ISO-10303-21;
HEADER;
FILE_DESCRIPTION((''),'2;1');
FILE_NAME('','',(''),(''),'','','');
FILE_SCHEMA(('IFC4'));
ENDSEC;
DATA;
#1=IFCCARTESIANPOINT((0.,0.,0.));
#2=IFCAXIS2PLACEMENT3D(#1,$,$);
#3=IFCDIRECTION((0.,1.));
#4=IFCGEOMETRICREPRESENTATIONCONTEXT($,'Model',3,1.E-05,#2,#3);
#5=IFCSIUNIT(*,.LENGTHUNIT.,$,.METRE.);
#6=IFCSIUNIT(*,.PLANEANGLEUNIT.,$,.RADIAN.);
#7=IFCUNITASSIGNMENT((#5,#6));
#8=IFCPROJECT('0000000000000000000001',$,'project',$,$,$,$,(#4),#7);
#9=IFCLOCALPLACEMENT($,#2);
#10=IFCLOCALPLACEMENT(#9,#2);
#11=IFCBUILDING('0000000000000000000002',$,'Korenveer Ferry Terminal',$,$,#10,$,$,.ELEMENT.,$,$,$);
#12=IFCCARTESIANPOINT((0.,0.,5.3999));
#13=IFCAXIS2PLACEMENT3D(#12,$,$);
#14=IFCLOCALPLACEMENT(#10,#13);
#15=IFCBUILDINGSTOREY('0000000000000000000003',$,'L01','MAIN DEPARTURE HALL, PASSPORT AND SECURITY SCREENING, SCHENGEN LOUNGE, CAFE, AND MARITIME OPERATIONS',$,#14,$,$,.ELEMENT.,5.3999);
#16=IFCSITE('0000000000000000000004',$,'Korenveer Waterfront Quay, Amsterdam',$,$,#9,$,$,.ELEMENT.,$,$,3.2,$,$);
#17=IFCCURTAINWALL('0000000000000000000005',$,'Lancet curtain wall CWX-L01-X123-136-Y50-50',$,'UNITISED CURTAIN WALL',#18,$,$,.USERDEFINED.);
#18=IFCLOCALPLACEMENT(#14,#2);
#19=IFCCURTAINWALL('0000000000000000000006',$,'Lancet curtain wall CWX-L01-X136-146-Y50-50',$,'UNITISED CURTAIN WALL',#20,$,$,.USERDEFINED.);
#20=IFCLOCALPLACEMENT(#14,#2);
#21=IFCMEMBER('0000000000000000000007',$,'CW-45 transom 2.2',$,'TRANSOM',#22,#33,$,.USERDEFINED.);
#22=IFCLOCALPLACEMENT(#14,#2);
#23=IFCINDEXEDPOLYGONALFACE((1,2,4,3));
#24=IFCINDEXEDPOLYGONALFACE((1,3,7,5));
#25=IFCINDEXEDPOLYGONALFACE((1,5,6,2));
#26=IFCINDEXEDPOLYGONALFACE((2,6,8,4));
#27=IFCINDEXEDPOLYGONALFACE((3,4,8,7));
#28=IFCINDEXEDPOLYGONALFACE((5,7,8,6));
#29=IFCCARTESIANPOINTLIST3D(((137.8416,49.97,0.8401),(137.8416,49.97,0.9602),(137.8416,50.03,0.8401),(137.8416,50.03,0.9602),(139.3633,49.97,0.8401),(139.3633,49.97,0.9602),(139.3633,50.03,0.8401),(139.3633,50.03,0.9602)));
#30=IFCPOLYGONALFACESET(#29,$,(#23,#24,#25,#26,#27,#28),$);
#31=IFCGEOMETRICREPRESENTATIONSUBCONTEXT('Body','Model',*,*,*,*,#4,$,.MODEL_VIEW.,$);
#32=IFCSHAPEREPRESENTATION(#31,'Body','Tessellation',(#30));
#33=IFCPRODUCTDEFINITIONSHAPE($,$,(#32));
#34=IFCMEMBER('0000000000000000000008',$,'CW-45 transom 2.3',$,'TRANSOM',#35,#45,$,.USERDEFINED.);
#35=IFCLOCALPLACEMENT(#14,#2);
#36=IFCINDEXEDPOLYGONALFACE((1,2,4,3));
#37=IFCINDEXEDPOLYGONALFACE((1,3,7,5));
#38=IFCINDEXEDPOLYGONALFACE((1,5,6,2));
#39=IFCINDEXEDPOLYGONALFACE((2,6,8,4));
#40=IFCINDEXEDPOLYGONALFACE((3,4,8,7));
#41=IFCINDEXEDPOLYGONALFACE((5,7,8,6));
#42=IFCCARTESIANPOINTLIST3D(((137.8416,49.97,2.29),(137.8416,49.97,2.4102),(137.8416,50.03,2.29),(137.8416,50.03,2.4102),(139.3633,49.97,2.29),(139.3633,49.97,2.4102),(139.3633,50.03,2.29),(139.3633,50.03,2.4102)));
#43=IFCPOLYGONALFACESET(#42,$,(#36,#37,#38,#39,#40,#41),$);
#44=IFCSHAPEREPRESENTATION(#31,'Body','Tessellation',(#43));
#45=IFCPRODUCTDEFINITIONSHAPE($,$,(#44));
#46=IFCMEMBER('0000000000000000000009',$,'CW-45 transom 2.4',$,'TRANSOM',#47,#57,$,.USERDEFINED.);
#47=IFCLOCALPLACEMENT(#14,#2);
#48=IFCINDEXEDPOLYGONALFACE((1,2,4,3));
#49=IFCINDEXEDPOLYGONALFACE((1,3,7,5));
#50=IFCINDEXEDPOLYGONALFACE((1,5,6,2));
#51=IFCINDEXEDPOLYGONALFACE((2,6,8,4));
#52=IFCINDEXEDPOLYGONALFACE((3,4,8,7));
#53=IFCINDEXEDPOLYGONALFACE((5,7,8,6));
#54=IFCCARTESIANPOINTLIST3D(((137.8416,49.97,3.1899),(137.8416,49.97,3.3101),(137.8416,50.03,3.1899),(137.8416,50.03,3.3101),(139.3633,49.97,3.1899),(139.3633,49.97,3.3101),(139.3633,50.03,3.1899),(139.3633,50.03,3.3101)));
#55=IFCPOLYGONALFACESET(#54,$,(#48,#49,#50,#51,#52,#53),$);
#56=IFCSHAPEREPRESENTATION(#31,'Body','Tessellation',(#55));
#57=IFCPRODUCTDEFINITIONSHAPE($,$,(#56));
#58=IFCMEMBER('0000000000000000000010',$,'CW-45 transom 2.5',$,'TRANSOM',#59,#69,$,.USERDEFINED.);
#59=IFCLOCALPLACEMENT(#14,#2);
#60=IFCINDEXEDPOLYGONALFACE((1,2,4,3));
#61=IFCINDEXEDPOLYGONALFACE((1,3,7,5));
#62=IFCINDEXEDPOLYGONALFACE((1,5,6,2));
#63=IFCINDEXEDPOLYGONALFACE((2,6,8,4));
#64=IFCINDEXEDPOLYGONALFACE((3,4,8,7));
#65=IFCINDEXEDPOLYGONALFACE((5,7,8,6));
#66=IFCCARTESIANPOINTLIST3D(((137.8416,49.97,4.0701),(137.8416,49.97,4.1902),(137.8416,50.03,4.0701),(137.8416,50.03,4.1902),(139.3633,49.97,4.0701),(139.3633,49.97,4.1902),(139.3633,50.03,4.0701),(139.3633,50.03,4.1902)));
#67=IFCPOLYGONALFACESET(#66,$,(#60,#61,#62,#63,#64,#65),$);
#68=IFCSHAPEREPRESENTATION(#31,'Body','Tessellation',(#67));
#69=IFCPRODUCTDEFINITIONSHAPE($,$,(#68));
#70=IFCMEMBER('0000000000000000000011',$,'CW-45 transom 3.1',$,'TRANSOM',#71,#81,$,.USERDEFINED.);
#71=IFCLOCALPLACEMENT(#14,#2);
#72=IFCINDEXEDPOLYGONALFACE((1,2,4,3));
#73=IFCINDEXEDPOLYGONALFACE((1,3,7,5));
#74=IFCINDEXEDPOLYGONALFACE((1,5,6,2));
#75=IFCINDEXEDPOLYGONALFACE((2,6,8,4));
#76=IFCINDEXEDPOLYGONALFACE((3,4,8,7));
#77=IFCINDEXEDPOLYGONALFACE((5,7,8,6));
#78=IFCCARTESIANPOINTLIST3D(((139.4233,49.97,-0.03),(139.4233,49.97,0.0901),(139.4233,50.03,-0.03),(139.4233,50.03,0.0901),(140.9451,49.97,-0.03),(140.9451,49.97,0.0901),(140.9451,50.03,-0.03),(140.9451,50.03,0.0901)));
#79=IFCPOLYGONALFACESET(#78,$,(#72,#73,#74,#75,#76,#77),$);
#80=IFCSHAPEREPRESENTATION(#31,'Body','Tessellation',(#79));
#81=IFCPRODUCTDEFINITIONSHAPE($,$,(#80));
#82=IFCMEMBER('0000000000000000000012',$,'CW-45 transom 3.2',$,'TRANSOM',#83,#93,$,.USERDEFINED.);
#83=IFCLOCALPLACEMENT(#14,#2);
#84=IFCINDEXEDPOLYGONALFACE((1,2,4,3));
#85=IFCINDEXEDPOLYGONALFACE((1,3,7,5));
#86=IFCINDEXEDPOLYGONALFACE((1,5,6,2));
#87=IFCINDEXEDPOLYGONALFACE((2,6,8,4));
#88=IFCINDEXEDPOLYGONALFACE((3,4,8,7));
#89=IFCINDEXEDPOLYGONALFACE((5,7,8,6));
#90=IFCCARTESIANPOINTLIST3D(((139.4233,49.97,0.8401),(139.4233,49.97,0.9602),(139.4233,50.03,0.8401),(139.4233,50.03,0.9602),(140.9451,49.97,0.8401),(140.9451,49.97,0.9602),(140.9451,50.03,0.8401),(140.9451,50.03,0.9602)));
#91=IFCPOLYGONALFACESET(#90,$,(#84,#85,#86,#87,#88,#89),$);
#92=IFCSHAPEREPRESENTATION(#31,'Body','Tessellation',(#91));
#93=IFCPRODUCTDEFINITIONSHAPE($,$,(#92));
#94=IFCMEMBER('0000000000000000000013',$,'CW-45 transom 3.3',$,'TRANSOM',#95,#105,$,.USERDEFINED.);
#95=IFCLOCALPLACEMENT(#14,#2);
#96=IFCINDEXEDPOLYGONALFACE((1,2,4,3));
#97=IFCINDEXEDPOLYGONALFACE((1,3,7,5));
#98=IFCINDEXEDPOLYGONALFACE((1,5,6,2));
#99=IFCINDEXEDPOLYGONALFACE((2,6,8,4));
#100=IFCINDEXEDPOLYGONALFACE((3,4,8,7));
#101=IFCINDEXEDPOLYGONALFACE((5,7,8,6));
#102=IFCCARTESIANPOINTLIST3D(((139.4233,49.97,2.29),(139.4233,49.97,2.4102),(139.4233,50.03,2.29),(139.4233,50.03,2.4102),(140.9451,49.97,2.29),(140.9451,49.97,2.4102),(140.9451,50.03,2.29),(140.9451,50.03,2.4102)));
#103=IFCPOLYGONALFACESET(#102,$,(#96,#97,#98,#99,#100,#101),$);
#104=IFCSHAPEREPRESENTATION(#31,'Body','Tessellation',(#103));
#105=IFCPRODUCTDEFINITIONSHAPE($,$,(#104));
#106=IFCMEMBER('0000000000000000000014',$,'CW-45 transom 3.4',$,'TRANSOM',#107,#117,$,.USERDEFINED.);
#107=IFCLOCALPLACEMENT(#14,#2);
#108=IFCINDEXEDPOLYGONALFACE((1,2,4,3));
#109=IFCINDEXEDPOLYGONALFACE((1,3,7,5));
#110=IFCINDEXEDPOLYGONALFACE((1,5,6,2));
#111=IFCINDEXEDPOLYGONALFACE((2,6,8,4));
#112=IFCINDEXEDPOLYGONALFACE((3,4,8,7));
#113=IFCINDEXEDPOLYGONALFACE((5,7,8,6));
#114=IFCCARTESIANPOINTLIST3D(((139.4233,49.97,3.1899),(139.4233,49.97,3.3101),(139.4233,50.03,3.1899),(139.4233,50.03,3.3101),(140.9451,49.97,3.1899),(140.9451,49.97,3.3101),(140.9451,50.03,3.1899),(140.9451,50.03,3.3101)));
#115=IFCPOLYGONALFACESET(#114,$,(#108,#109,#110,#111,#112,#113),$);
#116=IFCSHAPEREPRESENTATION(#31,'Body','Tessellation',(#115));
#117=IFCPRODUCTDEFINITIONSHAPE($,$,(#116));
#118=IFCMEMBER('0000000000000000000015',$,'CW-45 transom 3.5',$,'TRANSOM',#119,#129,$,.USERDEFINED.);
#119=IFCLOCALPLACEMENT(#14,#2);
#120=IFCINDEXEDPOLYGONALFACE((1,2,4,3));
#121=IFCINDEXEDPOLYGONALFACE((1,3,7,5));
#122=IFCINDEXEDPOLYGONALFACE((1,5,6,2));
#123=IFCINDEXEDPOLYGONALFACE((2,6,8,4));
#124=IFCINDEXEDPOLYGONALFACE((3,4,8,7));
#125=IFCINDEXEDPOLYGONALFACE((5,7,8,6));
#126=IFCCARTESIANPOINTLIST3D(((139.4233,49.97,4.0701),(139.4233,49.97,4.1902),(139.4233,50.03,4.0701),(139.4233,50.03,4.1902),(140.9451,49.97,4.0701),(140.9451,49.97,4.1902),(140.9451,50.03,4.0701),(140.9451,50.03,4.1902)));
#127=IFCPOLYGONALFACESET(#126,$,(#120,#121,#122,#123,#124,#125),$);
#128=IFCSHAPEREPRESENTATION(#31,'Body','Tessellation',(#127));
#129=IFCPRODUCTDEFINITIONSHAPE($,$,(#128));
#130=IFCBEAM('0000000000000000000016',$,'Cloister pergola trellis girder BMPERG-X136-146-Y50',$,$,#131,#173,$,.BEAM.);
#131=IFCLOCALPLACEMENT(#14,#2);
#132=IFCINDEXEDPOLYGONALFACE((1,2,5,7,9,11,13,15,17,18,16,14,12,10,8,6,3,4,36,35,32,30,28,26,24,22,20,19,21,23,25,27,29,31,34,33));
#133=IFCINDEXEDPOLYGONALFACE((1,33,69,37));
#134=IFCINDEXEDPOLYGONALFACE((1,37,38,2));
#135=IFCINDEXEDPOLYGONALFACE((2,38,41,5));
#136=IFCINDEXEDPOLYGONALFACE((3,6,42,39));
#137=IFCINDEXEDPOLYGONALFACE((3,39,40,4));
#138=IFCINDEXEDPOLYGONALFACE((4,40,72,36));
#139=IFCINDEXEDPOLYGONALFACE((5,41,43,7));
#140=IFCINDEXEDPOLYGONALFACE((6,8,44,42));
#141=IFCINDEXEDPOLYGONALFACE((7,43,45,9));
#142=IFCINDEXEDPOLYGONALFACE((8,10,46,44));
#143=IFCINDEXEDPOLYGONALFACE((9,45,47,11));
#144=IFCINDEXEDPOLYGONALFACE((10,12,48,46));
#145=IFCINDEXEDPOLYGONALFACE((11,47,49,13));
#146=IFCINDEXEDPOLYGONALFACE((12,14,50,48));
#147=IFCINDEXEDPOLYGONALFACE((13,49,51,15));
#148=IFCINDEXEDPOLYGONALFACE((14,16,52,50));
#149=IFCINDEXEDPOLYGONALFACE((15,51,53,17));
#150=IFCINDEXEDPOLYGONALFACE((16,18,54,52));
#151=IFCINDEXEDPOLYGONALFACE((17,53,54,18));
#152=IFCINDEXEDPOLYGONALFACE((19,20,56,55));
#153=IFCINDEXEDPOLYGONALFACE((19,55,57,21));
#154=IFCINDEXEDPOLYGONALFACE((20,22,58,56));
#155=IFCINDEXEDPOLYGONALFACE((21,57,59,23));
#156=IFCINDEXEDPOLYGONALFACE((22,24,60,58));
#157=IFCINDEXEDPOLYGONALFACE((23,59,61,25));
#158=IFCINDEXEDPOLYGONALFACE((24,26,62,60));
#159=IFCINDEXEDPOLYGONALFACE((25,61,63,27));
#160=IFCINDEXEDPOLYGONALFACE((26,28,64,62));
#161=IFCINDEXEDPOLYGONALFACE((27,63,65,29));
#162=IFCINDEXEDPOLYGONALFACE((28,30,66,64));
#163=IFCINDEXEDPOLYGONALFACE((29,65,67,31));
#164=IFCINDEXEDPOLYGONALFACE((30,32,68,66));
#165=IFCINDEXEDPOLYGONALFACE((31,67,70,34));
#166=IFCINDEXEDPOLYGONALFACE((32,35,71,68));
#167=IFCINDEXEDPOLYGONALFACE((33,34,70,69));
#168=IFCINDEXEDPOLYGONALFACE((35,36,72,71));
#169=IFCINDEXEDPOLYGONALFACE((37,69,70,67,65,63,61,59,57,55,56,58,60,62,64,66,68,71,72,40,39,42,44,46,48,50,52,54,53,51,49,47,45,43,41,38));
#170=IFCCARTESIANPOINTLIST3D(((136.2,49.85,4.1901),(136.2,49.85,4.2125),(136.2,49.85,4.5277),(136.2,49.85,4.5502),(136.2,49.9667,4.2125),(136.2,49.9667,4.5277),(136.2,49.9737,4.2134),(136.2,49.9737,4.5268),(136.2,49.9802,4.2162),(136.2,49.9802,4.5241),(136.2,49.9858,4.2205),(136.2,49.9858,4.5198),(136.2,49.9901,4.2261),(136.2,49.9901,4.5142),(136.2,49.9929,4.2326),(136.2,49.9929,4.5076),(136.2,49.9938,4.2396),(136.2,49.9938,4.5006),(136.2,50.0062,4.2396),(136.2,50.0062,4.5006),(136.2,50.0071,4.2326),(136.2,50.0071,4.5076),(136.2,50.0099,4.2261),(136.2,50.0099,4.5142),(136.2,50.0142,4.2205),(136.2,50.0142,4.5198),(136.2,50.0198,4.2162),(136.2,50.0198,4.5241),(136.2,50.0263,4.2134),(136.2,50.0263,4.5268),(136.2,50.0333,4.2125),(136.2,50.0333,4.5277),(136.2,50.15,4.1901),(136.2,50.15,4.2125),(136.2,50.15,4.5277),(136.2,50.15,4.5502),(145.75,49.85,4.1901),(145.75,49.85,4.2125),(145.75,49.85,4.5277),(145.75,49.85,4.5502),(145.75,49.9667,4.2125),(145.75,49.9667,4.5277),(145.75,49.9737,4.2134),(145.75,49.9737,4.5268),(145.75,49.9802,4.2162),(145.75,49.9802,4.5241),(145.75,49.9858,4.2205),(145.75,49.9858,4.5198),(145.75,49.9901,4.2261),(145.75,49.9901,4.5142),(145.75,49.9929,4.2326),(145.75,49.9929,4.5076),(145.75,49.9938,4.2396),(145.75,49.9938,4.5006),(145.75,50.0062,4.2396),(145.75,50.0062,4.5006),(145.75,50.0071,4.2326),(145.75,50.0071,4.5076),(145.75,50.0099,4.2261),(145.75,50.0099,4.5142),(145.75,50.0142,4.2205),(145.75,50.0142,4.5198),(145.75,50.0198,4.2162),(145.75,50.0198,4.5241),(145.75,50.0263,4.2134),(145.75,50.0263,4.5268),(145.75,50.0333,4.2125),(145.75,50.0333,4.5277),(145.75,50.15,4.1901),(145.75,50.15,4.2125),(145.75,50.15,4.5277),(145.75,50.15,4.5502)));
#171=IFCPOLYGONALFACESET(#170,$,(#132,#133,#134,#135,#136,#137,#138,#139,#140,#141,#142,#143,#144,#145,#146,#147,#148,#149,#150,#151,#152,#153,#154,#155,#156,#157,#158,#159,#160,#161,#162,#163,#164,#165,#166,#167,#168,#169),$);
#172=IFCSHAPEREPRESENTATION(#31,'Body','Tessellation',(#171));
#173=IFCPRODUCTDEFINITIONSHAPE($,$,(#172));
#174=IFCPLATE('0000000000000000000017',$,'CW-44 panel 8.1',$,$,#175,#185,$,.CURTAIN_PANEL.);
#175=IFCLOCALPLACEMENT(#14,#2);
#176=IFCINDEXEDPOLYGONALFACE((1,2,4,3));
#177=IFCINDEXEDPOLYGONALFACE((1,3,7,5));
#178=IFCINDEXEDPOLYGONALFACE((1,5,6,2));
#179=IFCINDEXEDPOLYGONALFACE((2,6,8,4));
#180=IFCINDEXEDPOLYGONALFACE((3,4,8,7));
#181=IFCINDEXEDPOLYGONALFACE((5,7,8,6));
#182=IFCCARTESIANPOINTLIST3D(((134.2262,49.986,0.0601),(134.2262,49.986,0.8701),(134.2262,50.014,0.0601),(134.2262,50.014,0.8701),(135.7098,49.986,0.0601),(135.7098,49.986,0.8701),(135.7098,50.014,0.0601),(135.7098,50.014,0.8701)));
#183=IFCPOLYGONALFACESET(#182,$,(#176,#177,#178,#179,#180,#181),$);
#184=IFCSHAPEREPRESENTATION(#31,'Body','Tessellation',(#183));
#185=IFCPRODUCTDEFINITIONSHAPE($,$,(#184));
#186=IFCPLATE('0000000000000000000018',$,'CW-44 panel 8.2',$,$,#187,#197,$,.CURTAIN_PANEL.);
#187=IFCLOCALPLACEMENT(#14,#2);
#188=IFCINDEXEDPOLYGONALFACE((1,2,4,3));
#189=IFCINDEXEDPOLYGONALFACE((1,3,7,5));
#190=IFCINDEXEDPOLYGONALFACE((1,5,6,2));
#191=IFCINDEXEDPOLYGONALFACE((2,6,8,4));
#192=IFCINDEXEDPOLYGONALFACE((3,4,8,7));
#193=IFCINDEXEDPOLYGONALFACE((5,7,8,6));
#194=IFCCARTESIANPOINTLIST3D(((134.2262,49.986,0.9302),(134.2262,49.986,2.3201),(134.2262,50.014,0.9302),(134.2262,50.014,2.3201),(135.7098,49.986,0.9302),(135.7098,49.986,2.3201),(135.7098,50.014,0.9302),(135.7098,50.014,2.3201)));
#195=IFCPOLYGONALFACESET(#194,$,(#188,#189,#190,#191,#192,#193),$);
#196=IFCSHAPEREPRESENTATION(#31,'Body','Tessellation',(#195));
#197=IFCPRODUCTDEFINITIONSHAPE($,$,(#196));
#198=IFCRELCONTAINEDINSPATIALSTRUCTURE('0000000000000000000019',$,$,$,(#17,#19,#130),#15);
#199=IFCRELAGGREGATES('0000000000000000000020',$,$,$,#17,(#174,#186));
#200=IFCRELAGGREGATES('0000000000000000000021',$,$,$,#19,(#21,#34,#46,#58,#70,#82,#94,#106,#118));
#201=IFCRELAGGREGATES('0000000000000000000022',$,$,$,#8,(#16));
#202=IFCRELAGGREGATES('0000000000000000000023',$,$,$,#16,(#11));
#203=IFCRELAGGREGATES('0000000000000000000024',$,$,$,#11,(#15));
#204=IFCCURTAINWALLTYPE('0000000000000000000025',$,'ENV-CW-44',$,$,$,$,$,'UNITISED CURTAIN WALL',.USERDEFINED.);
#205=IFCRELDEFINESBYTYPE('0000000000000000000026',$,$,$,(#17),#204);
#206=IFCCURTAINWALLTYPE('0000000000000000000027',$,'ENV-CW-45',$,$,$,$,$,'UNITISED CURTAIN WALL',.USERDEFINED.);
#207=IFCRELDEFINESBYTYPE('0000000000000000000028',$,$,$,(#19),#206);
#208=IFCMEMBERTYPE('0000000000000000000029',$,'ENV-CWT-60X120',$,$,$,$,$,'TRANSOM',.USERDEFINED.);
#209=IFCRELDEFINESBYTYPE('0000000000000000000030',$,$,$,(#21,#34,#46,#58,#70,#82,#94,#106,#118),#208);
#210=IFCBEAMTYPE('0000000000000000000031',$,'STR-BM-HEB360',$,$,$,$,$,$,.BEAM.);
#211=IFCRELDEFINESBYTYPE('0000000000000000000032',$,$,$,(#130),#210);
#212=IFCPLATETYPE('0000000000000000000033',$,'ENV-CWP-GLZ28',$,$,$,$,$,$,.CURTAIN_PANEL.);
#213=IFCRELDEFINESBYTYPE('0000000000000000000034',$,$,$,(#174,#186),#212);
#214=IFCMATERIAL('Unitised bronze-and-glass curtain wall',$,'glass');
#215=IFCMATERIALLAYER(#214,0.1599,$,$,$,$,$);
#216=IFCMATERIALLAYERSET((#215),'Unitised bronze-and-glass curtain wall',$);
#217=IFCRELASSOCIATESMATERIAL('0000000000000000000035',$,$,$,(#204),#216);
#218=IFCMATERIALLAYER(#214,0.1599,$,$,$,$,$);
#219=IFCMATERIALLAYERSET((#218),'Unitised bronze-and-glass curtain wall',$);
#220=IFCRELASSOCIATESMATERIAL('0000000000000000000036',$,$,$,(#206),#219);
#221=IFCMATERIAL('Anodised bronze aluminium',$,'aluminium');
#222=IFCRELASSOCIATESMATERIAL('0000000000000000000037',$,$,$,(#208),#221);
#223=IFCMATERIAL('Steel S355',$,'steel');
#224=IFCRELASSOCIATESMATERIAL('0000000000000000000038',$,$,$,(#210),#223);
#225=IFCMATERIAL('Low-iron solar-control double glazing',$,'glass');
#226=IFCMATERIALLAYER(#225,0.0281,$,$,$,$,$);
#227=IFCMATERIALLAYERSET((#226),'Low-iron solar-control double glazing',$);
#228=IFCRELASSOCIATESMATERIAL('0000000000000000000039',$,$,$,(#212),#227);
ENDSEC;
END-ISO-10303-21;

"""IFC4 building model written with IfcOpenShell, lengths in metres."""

from ifc_helpers import new_model, si_unit, direction, frame, origin, origin_2d, place, context, subcontext, project, spatial, rectangle, i_section, extrude, material, layer, layer_set, material_profile, profile_set, type_object, element, aggregate, save


model = new_model("IFC4")

# Units and contexts
model_context = context("Model", 3, precision=1e-05, world=origin(), true_north=direction((0.0, 1.0)))
body_context = subcontext(model_context, "Body", "Model", "MODEL_VIEW")
ifc_project = project(units=[si_unit("LENGTHUNIT", "METRE"), si_unit("PLANEANGLEUNIT", "RADIAN")], contexts=[model_context])

# Site, building, storey
site_placement = place(None, origin())
site = spatial("IfcSite", under=ifc_project, at=site_placement, Name="Korenveer Waterfront Quay, Amsterdam", CompositionType="ELEMENT", RefElevation=3.2)
building_placement = place(site_placement, origin())
building = spatial("IfcBuilding", under=site, at=building_placement, Name="Korenveer Ferry Terminal", CompositionType="ELEMENT")
storey_placement = place(building_placement, frame((0.0, 0.0, 5.3999)))
storey = spatial("IfcBuildingStorey", under=building, at=storey_placement, Name="L01", Description="MAIN DEPARTURE HALL, PASSPORT AND SECURITY SCREENING, SCHENGEN LOUNGE, CAFE, AND MARITIME OPERATIONS", CompositionType="ELEMENT", Elevation=5.3999)

# Curtain wall
ifc_material_1 = material(Name="Unitised bronze-and-glass curtain wall", Category="glass")
ifc_layer_1 = layer(ifc_material_1, 0.1599)
ifc_layer_set_1 = layer_set([ifc_layer_1], Name="Unitised bronze-and-glass curtain wall")
curtain_wall_type_1 = type_object("IfcCurtainWallType", Name="ENV-CW-44", ElementType="UNITISED CURTAIN WALL", PredefinedType="USERDEFINED", material=ifc_layer_set_1)
curtain_wall_1_placement = place(storey_placement, frame((123.1799, 50.0, 0.0)))
curtain_wall_1 = element("IfcCurtainWall", 1, at=curtain_wall_1_placement, inside=storey, type_object=curtain_wall_type_1, Name="Lancet curtain wall CWX-L01-X123-136-Y50-50", ObjectType="UNITISED CURTAIN WALL", PredefinedType="USERDEFINED")
ifc_material_2 = material(Name="Anodised bronze aluminium", Category="aluminium")

# Curtain wall
ifc_layer_2 = layer(ifc_material_1, 0.1599)
ifc_layer_set_2 = layer_set([ifc_layer_2], Name="Unitised bronze-and-glass curtain wall")
curtain_wall_type_2 = type_object("IfcCurtainWallType", Name="ENV-CW-45", ElementType="UNITISED CURTAIN WALL", PredefinedType="USERDEFINED", material=ifc_layer_set_2)
curtain_wall_2_placement = place(storey_placement, frame((136.23, 50.0, 0.0)))
curtain_wall_2 = element("IfcCurtainWall", 2, at=curtain_wall_2_placement, inside=storey, type_object=curtain_wall_type_2, Name="Lancet curtain wall CWX-L01-X136-146-Y50-50", ObjectType="UNITISED CURTAIN WALL", PredefinedType="USERDEFINED")

# Members
ifc_material_profile_1 = material_profile(ifc_material_2, rectangle(XDim=0.0601, YDim=0.1201, at=origin_2d()), Name="ALU 60x120")
ifc_profile_set_1 = profile_set([ifc_material_profile_1], Name="Anodised bronze aluminium")
member_type_1 = type_object("IfcMemberType", Name="ENV-CWT-60X120", ElementType="TRANSOM", PredefinedType="USERDEFINED", material=ifc_profile_set_1)
member_1_placement = place(storey_placement, frame((137.8416, 50.0, 0.9001), z_axis=(1.0, 0.0, 0.0), x_axis=(0.0, 1.0, 0.0)))
member_1 = element("IfcMember", 3, at=member_1_placement, type_object=member_type_1, Name="CW-45 transom 2.2", ObjectType="TRANSOM", PredefinedType="USERDEFINED", context=body_context, shape_type="SweptSolid", body=[
    extrude(rectangle(XDim=0.0601, YDim=0.1201, at=origin_2d()), origin(), (0.0, 0.0, 1.0), 1.5217),
])
member_2_placement = place(storey_placement, frame((137.8416, 50.0, 2.3501), z_axis=(1.0, 0.0, 0.0), x_axis=(0.0, 1.0, 0.0)))
member_2 = element("IfcMember", 4, at=member_2_placement, type_object=member_type_1, Name="CW-45 transom 2.3", ObjectType="TRANSOM", PredefinedType="USERDEFINED", context=body_context, shape_type="SweptSolid", body=[
    extrude(rectangle(XDim=0.0601, YDim=0.1201, at=origin_2d()), origin(), (0.0, 0.0, 1.0), 1.5217),
])
member_3_placement = place(storey_placement, frame((137.8416, 50.0, 3.25), z_axis=(1.0, 0.0, 0.0), x_axis=(0.0, 1.0, 0.0)))
member_3 = element("IfcMember", 5, at=member_3_placement, type_object=member_type_1, Name="CW-45 transom 2.4", ObjectType="TRANSOM", PredefinedType="USERDEFINED", context=body_context, shape_type="SweptSolid", body=[
    extrude(rectangle(XDim=0.0601, YDim=0.1201, at=origin_2d()), origin(), (0.0, 0.0, 1.0), 1.5217),
])
member_4_placement = place(storey_placement, frame((137.8416, 50.0, 4.1301), z_axis=(1.0, 0.0, 0.0), x_axis=(0.0, 1.0, 0.0)))
member_4 = element("IfcMember", 6, at=member_4_placement, type_object=member_type_1, Name="CW-45 transom 2.5", ObjectType="TRANSOM", PredefinedType="USERDEFINED", context=body_context, shape_type="SweptSolid", body=[
    extrude(rectangle(XDim=0.0601, YDim=0.1201, at=origin_2d()), origin(), (0.0, 0.0, 1.0), 1.5217),
])
member_5_placement = place(storey_placement, frame((139.4233, 50.0, 0.03), z_axis=(1.0, 0.0, 0.0), x_axis=(0.0, 1.0, 0.0)))
member_5 = element("IfcMember", 7, at=member_5_placement, type_object=member_type_1, Name="CW-45 transom 3.1", ObjectType="TRANSOM", PredefinedType="USERDEFINED", context=body_context, shape_type="SweptSolid", body=[
    extrude(rectangle(XDim=0.0601, YDim=0.1201, at=origin_2d()), origin(), (0.0, 0.0, 1.0), 1.5217),
])
member_6_placement = place(storey_placement, frame((139.4233, 50.0, 0.9001), z_axis=(1.0, 0.0, 0.0), x_axis=(0.0, 1.0, 0.0)))
member_6 = element("IfcMember", 8, at=member_6_placement, type_object=member_type_1, Name="CW-45 transom 3.2", ObjectType="TRANSOM", PredefinedType="USERDEFINED", context=body_context, shape_type="SweptSolid", body=[
    extrude(rectangle(XDim=0.0601, YDim=0.1201, at=origin_2d()), origin(), (0.0, 0.0, 1.0), 1.5217),
])
member_7_placement = place(storey_placement, frame((139.4233, 50.0, 2.3501), z_axis=(1.0, 0.0, 0.0), x_axis=(0.0, 1.0, 0.0)))
member_7 = element("IfcMember", 9, at=member_7_placement, type_object=member_type_1, Name="CW-45 transom 3.3", ObjectType="TRANSOM", PredefinedType="USERDEFINED", context=body_context, shape_type="SweptSolid", body=[
    extrude(rectangle(XDim=0.0601, YDim=0.1201, at=origin_2d()), origin(), (0.0, 0.0, 1.0), 1.5217),
])
member_8_placement = place(storey_placement, frame((139.4233, 50.0, 3.25), z_axis=(1.0, 0.0, 0.0), x_axis=(0.0, 1.0, 0.0)))
member_8 = element("IfcMember", 10, at=member_8_placement, type_object=member_type_1, Name="CW-45 transom 3.4", ObjectType="TRANSOM", PredefinedType="USERDEFINED", context=body_context, shape_type="SweptSolid", body=[
    extrude(rectangle(XDim=0.0601, YDim=0.1201, at=origin_2d()), origin(), (0.0, 0.0, 1.0), 1.5217),
])
member_9_placement = place(storey_placement, frame((139.4233, 50.0, 4.1301), z_axis=(1.0, 0.0, 0.0), x_axis=(0.0, 1.0, 0.0)))
member_9 = element("IfcMember", 11, at=member_9_placement, type_object=member_type_1, Name="CW-45 transom 3.5", ObjectType="TRANSOM", PredefinedType="USERDEFINED", context=body_context, shape_type="SweptSolid", body=[
    extrude(rectangle(XDim=0.0601, YDim=0.1201, at=origin_2d()), origin(), (0.0, 0.0, 1.0), 1.5217),
])

# Beam
ifc_material_3 = material(Name="Steel S355", Category="steel")
ifc_material_profile_2 = material_profile(ifc_material_3, i_section(OverallWidth=0.3, OverallDepth=0.3601, WebThickness=0.0125, FlangeThickness=0.0225, FilletRadius=0.0271, at=origin_2d()), Name="HEB 360")
ifc_profile_set_2 = profile_set([ifc_material_profile_2], Name="Steel S355")
beam_type = type_object("IfcBeamType", Name="STR-BM-HEB360", PredefinedType="BEAM", material=ifc_profile_set_2)
beam_placement = place(storey_placement, frame((136.2, 50.0, 4.3701), z_axis=(1.0, 0.0, 0.0), x_axis=(0.0, 1.0, 0.0)))
element("IfcBeam", 12, at=beam_placement, inside=storey, type_object=beam_type, Name="Cloister pergola trellis girder BMPERG-X136-146-Y50", PredefinedType="BEAM", context=body_context, shape_type="SweptSolid", body=[
    extrude(i_section(OverallWidth=0.3, OverallDepth=0.3601, WebThickness=0.0125, FlangeThickness=0.0225, FilletRadius=0.0271, at=origin_2d()), origin(), (0.0, 0.0, 1.0), 9.55),
])

# Plates
ifc_material_4 = material(Name="Low-iron solar-control double glazing", Category="glass")
ifc_layer_3 = layer(ifc_material_4, 0.0281)
ifc_layer_set_3 = layer_set([ifc_layer_3], Name="Low-iron solar-control double glazing")
plate_type = type_object("IfcPlateType", Name="ENV-CWP-GLZ28", PredefinedType="CURTAIN_PANEL", material=ifc_layer_set_3)
plate_1_placement = place(storey_placement, frame((134.968, 50.0, 0.0601), z_axis=(0.0, 0.0, 1.0), x_axis=(1.0, 0.0, 0.0)))
plate_1 = element("IfcPlate", 13, at=plate_1_placement, type_object=plate_type, Name="CW-44 panel 8.1", PredefinedType="CURTAIN_PANEL", context=body_context, shape_type="SweptSolid", body=[
    extrude(rectangle(XDim=1.4836, YDim=0.0281, at=origin_2d()), origin(), (0.0, 0.0, 1.0), 0.8101),
])
plate_2_placement = place(storey_placement, frame((134.968, 50.0, 0.9302), z_axis=(0.0, 0.0, 1.0), x_axis=(1.0, 0.0, 0.0)))
plate_2 = element("IfcPlate", 14, at=plate_2_placement, type_object=plate_type, Name="CW-44 panel 8.2", PredefinedType="CURTAIN_PANEL", context=body_context, shape_type="SweptSolid", body=[
    extrude(rectangle(XDim=1.4836, YDim=0.0281, at=origin_2d()), origin(), (0.0, 0.0, 1.0), 1.3899),
])
aggregate(curtain_wall_1, [plate_1, plate_2])
aggregate(curtain_wall_2, [member_1, member_2, member_3, member_4, member_5, member_6, member_7, member_8, member_9])

save(model, "model.ifc")
